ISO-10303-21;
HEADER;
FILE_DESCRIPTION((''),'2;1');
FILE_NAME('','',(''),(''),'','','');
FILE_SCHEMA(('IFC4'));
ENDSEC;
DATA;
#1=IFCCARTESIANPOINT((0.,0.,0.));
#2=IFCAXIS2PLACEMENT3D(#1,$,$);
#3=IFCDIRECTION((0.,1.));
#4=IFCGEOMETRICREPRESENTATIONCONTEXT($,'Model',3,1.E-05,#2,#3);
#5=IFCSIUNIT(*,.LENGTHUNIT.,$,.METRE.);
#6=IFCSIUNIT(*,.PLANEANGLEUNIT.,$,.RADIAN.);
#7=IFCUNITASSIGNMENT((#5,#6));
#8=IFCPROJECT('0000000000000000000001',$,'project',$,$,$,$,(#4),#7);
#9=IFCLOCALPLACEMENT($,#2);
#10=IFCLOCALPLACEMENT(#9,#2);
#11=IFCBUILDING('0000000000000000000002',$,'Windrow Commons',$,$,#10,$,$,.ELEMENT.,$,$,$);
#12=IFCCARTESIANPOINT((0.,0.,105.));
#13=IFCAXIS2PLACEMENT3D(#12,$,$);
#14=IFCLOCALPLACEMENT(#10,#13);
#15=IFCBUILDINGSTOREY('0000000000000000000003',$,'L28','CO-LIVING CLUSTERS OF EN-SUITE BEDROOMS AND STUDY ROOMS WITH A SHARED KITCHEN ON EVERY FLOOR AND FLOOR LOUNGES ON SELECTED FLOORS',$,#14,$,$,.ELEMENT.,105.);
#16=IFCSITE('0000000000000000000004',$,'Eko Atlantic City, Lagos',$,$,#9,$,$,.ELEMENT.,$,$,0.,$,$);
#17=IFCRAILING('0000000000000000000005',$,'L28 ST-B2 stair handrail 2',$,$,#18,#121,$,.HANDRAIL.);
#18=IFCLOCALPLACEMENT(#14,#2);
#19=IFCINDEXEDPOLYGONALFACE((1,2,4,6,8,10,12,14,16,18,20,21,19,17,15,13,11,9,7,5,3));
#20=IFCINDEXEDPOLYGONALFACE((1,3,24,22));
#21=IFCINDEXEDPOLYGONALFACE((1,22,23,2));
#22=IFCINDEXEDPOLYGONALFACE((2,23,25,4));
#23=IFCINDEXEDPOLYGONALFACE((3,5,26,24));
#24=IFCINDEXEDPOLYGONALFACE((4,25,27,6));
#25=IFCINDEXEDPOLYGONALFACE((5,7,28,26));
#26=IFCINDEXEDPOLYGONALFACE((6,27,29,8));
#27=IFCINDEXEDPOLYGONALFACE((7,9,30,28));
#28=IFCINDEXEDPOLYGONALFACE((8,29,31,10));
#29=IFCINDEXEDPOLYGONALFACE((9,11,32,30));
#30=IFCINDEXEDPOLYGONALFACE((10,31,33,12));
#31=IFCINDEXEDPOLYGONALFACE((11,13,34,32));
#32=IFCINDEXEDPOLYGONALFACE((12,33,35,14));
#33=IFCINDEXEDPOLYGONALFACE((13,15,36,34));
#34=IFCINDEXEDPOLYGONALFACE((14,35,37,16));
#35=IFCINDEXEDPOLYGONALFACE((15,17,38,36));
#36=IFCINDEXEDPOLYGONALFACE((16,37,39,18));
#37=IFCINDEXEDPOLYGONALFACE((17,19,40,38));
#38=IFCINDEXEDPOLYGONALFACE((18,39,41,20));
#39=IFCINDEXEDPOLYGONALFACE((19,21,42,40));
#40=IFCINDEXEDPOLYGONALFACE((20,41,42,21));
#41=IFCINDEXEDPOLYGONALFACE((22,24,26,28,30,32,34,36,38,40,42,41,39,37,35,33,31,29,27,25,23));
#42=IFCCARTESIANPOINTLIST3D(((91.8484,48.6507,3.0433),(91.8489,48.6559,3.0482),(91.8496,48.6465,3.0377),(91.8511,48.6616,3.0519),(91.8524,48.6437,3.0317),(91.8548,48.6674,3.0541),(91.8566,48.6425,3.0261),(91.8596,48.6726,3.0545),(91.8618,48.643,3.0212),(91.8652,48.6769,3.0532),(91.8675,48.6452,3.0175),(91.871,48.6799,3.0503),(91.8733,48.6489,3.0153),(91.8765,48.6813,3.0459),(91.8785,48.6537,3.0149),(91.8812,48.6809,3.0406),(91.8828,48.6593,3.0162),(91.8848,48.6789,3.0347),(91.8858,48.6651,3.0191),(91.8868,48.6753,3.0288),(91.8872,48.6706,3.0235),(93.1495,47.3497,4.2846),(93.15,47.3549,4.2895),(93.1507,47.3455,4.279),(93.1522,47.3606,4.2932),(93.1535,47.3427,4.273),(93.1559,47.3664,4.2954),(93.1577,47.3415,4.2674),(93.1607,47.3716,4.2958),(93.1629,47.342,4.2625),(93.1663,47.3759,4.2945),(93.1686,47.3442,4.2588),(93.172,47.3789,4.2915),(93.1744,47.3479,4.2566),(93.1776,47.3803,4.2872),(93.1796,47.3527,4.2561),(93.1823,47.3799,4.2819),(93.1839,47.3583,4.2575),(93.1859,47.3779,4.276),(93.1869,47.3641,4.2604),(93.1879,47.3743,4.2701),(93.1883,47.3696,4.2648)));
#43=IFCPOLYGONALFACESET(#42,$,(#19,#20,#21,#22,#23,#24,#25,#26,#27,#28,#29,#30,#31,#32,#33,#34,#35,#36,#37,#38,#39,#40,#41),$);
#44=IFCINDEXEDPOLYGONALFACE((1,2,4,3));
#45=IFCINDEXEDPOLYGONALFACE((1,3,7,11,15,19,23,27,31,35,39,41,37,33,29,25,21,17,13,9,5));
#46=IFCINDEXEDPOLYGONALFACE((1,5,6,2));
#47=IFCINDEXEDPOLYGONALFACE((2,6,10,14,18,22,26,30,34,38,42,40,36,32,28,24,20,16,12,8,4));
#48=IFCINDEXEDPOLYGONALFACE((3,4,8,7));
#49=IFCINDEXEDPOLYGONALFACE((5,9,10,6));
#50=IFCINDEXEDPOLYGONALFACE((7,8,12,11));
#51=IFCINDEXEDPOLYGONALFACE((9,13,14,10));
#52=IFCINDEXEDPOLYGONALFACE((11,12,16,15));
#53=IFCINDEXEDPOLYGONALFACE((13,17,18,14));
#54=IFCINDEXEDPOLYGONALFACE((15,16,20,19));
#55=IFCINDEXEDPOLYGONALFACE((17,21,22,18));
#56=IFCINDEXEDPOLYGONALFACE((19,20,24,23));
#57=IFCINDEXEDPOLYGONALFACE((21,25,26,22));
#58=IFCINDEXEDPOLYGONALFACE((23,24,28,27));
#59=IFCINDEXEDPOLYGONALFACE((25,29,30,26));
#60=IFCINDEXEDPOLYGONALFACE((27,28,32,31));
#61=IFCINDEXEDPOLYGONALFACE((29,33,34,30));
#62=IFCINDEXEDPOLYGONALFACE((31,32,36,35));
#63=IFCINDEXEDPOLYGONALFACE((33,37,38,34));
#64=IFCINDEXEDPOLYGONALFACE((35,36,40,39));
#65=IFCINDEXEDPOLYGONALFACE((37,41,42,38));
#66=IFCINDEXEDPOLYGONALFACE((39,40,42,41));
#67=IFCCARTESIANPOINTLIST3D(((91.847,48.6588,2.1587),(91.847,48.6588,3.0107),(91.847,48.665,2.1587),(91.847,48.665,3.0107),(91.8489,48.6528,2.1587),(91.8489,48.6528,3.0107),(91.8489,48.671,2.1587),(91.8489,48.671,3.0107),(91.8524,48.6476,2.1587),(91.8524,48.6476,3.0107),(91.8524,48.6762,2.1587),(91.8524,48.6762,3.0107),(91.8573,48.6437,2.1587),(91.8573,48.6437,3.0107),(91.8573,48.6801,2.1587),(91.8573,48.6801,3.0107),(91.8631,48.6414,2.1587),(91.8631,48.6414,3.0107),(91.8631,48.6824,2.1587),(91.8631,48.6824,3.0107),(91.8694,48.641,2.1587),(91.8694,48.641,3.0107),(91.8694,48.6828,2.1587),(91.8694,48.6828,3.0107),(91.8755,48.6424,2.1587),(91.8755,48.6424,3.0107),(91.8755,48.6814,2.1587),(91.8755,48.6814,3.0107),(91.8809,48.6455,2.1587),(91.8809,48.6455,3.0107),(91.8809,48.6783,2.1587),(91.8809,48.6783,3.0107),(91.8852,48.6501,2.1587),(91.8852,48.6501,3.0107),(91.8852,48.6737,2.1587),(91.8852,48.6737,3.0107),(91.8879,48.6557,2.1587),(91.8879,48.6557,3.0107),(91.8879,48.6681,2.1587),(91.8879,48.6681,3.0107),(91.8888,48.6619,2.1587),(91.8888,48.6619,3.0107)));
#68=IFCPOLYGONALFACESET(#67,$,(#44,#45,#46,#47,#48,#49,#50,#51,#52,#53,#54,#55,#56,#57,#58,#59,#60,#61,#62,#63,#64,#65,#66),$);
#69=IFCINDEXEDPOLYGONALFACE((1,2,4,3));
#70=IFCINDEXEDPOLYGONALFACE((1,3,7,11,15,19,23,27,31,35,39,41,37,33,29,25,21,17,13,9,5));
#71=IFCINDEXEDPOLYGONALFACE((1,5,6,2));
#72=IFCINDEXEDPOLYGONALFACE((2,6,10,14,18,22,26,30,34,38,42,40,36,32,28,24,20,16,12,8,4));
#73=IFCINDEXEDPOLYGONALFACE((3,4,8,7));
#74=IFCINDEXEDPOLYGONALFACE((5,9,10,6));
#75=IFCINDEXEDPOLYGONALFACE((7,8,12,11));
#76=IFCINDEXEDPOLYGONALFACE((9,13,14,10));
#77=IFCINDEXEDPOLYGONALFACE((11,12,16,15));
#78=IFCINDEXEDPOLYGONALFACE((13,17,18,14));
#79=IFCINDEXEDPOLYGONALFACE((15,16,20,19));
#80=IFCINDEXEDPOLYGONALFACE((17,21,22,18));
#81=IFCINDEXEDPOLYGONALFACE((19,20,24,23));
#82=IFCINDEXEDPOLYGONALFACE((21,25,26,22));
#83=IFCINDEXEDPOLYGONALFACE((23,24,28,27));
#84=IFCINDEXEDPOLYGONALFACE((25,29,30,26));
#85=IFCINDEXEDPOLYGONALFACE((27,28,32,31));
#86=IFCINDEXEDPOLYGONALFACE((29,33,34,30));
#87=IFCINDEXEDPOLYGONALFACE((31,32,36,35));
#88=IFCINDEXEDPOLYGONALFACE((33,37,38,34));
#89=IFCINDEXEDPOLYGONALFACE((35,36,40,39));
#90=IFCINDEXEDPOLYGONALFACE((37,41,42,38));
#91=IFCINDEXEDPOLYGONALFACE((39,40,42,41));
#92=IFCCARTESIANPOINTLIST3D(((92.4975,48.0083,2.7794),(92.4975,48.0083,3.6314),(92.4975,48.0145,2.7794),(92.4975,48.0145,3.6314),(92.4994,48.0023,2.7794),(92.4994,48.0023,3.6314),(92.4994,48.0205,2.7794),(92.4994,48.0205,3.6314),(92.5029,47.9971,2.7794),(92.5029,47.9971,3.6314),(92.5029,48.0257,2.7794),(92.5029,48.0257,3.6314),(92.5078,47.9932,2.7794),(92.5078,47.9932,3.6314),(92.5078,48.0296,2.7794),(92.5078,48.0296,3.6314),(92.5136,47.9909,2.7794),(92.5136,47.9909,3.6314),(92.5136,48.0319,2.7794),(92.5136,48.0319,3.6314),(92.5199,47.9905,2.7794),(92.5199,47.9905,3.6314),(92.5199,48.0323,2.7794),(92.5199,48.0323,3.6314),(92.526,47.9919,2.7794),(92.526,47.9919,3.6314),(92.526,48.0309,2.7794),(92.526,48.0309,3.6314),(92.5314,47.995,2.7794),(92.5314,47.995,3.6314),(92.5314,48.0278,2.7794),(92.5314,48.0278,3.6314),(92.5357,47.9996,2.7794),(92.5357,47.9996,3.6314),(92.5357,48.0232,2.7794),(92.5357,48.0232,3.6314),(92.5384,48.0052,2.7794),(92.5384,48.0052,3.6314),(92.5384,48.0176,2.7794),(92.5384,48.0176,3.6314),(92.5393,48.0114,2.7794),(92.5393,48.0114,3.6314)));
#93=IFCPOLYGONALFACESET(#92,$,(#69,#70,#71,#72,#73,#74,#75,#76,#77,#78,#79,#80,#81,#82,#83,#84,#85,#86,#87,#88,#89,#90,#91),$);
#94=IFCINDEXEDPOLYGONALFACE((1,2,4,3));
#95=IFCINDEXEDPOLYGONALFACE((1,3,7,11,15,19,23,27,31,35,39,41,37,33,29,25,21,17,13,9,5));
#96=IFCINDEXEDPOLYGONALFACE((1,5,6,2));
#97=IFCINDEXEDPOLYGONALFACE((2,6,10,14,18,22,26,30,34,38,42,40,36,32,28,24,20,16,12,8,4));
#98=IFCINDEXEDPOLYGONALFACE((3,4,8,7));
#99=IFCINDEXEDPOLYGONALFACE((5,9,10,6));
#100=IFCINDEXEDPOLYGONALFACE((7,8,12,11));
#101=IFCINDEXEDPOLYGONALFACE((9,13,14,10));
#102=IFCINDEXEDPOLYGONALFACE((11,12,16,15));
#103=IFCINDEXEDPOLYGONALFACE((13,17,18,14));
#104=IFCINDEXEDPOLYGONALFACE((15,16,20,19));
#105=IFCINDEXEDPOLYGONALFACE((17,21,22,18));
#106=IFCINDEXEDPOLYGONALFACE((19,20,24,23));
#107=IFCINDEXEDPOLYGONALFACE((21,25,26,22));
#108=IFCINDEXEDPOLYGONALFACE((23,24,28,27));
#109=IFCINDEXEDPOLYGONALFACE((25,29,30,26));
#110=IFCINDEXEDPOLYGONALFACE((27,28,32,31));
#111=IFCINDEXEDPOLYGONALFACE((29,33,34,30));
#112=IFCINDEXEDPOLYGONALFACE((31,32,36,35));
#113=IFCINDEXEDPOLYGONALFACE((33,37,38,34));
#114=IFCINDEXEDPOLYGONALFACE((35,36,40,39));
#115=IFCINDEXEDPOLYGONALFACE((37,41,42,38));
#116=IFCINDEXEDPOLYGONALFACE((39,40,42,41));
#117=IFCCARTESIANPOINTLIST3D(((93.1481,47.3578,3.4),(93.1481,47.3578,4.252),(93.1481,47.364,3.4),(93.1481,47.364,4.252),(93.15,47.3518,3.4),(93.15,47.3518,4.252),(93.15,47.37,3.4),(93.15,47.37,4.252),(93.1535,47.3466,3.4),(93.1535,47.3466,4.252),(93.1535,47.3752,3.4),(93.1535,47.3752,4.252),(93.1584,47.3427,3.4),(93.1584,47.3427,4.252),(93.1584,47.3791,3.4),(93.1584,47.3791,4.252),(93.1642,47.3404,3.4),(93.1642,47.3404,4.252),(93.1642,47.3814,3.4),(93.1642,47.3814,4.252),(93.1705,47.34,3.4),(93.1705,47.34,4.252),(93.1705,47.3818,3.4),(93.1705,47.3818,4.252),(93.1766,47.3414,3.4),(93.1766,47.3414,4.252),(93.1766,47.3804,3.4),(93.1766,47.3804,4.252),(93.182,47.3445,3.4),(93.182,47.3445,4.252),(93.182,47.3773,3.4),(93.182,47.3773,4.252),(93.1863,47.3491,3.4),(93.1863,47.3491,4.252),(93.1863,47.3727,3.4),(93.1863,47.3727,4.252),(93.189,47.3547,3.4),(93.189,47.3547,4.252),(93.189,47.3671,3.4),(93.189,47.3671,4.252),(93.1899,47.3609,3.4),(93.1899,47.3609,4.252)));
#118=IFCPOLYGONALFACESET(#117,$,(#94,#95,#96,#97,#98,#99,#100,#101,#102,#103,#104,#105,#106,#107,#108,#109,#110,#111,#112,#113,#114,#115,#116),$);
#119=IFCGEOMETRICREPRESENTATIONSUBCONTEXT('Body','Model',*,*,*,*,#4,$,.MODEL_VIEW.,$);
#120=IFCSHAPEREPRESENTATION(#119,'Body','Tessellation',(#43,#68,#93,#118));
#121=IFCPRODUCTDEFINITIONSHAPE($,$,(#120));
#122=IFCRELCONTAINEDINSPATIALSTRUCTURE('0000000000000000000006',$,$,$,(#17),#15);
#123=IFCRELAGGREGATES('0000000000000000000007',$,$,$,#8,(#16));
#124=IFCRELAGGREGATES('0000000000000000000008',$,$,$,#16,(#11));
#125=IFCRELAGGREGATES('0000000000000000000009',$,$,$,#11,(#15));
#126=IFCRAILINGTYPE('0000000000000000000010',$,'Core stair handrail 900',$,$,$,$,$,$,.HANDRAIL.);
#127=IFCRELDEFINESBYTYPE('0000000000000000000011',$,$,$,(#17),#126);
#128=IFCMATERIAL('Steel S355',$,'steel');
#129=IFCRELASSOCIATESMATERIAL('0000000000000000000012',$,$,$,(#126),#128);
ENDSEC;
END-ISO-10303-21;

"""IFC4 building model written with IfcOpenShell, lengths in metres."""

from ifc_helpers import new_model, si_unit, direction, frame, origin, origin_2d, place, context, subcontext, project, spatial, circle, extrude, material, type_object, element, save


model = new_model("IFC4")

# Units and contexts
model_context = context("Model", 3, precision=1e-05, world=origin(), true_north=direction((0.0, 1.0)))
body_context = subcontext(model_context, "Body", "Model", "MODEL_VIEW")
ifc_project = project(units=[si_unit("LENGTHUNIT", "METRE"), si_unit("PLANEANGLEUNIT", "RADIAN")], contexts=[model_context])

# Site, building, storey
site_placement = place(None, origin())
site = spatial("IfcSite", under=ifc_project, at=site_placement, Name="Eko Atlantic City, Lagos", CompositionType="ELEMENT", RefElevation=0.0)
building_placement = place(site_placement, origin())
building = spatial("IfcBuilding", under=site, at=building_placement, Name="Windrow Commons", CompositionType="ELEMENT")
storey_placement = place(building_placement, frame((0.0, 0.0, 105.0)))
storey = spatial("IfcBuildingStorey", under=building, at=storey_placement, Name="L28", Description="CO-LIVING CLUSTERS OF EN-SUITE BEDROOMS AND STUDY ROOMS WITH A SHARED KITCHEN ON EVERY FLOOR AND FLOOR LOUNGES ON SELECTED FLOORS", CompositionType="ELEMENT", Elevation=105.0)

# Railing
ifc_material_1 = material(Name="Steel S355", Category="steel")
railing_type_1 = type_object("IfcRailingType", Name="Core stair handrail 900", PredefinedType="HANDRAIL", material=ifc_material_1)
railing_1_placement = place(storey_placement, frame((91.8678, 48.6619, 2.1587)))
element("IfcRailing", 1, at=railing_1_placement, inside=storey, type_object=railing_type_1, Name="L28 ST-B2 stair handrail 2", PredefinedType="HANDRAIL", context=body_context, shape_type="SweptSolid", body=[
    extrude(circle(Radius=0.024, at=origin_2d()), frame((0.0, 0.0, 0.876), z_axis=(0.586207, -0.586162, 0.559264), x_axis=(0.70708, 0.707134, 0.0)), (0.0, 0.0, 1.0), 2.2195),
    extrude(circle(Radius=0.021, at=origin_2d()), origin(), (0.0, 0.0, 1.0), 0.852),
    extrude(circle(Radius=0.021, at=origin_2d()), frame((0.6505, -0.6505, 0.6207)), (0.0, 0.0, 1.0), 0.852),
    extrude(circle(Radius=0.021, at=origin_2d()), frame((1.3011, -1.301, 1.2413)), (0.0, 0.0, 1.0), 0.852),
])

save(model, "model.ifc")
